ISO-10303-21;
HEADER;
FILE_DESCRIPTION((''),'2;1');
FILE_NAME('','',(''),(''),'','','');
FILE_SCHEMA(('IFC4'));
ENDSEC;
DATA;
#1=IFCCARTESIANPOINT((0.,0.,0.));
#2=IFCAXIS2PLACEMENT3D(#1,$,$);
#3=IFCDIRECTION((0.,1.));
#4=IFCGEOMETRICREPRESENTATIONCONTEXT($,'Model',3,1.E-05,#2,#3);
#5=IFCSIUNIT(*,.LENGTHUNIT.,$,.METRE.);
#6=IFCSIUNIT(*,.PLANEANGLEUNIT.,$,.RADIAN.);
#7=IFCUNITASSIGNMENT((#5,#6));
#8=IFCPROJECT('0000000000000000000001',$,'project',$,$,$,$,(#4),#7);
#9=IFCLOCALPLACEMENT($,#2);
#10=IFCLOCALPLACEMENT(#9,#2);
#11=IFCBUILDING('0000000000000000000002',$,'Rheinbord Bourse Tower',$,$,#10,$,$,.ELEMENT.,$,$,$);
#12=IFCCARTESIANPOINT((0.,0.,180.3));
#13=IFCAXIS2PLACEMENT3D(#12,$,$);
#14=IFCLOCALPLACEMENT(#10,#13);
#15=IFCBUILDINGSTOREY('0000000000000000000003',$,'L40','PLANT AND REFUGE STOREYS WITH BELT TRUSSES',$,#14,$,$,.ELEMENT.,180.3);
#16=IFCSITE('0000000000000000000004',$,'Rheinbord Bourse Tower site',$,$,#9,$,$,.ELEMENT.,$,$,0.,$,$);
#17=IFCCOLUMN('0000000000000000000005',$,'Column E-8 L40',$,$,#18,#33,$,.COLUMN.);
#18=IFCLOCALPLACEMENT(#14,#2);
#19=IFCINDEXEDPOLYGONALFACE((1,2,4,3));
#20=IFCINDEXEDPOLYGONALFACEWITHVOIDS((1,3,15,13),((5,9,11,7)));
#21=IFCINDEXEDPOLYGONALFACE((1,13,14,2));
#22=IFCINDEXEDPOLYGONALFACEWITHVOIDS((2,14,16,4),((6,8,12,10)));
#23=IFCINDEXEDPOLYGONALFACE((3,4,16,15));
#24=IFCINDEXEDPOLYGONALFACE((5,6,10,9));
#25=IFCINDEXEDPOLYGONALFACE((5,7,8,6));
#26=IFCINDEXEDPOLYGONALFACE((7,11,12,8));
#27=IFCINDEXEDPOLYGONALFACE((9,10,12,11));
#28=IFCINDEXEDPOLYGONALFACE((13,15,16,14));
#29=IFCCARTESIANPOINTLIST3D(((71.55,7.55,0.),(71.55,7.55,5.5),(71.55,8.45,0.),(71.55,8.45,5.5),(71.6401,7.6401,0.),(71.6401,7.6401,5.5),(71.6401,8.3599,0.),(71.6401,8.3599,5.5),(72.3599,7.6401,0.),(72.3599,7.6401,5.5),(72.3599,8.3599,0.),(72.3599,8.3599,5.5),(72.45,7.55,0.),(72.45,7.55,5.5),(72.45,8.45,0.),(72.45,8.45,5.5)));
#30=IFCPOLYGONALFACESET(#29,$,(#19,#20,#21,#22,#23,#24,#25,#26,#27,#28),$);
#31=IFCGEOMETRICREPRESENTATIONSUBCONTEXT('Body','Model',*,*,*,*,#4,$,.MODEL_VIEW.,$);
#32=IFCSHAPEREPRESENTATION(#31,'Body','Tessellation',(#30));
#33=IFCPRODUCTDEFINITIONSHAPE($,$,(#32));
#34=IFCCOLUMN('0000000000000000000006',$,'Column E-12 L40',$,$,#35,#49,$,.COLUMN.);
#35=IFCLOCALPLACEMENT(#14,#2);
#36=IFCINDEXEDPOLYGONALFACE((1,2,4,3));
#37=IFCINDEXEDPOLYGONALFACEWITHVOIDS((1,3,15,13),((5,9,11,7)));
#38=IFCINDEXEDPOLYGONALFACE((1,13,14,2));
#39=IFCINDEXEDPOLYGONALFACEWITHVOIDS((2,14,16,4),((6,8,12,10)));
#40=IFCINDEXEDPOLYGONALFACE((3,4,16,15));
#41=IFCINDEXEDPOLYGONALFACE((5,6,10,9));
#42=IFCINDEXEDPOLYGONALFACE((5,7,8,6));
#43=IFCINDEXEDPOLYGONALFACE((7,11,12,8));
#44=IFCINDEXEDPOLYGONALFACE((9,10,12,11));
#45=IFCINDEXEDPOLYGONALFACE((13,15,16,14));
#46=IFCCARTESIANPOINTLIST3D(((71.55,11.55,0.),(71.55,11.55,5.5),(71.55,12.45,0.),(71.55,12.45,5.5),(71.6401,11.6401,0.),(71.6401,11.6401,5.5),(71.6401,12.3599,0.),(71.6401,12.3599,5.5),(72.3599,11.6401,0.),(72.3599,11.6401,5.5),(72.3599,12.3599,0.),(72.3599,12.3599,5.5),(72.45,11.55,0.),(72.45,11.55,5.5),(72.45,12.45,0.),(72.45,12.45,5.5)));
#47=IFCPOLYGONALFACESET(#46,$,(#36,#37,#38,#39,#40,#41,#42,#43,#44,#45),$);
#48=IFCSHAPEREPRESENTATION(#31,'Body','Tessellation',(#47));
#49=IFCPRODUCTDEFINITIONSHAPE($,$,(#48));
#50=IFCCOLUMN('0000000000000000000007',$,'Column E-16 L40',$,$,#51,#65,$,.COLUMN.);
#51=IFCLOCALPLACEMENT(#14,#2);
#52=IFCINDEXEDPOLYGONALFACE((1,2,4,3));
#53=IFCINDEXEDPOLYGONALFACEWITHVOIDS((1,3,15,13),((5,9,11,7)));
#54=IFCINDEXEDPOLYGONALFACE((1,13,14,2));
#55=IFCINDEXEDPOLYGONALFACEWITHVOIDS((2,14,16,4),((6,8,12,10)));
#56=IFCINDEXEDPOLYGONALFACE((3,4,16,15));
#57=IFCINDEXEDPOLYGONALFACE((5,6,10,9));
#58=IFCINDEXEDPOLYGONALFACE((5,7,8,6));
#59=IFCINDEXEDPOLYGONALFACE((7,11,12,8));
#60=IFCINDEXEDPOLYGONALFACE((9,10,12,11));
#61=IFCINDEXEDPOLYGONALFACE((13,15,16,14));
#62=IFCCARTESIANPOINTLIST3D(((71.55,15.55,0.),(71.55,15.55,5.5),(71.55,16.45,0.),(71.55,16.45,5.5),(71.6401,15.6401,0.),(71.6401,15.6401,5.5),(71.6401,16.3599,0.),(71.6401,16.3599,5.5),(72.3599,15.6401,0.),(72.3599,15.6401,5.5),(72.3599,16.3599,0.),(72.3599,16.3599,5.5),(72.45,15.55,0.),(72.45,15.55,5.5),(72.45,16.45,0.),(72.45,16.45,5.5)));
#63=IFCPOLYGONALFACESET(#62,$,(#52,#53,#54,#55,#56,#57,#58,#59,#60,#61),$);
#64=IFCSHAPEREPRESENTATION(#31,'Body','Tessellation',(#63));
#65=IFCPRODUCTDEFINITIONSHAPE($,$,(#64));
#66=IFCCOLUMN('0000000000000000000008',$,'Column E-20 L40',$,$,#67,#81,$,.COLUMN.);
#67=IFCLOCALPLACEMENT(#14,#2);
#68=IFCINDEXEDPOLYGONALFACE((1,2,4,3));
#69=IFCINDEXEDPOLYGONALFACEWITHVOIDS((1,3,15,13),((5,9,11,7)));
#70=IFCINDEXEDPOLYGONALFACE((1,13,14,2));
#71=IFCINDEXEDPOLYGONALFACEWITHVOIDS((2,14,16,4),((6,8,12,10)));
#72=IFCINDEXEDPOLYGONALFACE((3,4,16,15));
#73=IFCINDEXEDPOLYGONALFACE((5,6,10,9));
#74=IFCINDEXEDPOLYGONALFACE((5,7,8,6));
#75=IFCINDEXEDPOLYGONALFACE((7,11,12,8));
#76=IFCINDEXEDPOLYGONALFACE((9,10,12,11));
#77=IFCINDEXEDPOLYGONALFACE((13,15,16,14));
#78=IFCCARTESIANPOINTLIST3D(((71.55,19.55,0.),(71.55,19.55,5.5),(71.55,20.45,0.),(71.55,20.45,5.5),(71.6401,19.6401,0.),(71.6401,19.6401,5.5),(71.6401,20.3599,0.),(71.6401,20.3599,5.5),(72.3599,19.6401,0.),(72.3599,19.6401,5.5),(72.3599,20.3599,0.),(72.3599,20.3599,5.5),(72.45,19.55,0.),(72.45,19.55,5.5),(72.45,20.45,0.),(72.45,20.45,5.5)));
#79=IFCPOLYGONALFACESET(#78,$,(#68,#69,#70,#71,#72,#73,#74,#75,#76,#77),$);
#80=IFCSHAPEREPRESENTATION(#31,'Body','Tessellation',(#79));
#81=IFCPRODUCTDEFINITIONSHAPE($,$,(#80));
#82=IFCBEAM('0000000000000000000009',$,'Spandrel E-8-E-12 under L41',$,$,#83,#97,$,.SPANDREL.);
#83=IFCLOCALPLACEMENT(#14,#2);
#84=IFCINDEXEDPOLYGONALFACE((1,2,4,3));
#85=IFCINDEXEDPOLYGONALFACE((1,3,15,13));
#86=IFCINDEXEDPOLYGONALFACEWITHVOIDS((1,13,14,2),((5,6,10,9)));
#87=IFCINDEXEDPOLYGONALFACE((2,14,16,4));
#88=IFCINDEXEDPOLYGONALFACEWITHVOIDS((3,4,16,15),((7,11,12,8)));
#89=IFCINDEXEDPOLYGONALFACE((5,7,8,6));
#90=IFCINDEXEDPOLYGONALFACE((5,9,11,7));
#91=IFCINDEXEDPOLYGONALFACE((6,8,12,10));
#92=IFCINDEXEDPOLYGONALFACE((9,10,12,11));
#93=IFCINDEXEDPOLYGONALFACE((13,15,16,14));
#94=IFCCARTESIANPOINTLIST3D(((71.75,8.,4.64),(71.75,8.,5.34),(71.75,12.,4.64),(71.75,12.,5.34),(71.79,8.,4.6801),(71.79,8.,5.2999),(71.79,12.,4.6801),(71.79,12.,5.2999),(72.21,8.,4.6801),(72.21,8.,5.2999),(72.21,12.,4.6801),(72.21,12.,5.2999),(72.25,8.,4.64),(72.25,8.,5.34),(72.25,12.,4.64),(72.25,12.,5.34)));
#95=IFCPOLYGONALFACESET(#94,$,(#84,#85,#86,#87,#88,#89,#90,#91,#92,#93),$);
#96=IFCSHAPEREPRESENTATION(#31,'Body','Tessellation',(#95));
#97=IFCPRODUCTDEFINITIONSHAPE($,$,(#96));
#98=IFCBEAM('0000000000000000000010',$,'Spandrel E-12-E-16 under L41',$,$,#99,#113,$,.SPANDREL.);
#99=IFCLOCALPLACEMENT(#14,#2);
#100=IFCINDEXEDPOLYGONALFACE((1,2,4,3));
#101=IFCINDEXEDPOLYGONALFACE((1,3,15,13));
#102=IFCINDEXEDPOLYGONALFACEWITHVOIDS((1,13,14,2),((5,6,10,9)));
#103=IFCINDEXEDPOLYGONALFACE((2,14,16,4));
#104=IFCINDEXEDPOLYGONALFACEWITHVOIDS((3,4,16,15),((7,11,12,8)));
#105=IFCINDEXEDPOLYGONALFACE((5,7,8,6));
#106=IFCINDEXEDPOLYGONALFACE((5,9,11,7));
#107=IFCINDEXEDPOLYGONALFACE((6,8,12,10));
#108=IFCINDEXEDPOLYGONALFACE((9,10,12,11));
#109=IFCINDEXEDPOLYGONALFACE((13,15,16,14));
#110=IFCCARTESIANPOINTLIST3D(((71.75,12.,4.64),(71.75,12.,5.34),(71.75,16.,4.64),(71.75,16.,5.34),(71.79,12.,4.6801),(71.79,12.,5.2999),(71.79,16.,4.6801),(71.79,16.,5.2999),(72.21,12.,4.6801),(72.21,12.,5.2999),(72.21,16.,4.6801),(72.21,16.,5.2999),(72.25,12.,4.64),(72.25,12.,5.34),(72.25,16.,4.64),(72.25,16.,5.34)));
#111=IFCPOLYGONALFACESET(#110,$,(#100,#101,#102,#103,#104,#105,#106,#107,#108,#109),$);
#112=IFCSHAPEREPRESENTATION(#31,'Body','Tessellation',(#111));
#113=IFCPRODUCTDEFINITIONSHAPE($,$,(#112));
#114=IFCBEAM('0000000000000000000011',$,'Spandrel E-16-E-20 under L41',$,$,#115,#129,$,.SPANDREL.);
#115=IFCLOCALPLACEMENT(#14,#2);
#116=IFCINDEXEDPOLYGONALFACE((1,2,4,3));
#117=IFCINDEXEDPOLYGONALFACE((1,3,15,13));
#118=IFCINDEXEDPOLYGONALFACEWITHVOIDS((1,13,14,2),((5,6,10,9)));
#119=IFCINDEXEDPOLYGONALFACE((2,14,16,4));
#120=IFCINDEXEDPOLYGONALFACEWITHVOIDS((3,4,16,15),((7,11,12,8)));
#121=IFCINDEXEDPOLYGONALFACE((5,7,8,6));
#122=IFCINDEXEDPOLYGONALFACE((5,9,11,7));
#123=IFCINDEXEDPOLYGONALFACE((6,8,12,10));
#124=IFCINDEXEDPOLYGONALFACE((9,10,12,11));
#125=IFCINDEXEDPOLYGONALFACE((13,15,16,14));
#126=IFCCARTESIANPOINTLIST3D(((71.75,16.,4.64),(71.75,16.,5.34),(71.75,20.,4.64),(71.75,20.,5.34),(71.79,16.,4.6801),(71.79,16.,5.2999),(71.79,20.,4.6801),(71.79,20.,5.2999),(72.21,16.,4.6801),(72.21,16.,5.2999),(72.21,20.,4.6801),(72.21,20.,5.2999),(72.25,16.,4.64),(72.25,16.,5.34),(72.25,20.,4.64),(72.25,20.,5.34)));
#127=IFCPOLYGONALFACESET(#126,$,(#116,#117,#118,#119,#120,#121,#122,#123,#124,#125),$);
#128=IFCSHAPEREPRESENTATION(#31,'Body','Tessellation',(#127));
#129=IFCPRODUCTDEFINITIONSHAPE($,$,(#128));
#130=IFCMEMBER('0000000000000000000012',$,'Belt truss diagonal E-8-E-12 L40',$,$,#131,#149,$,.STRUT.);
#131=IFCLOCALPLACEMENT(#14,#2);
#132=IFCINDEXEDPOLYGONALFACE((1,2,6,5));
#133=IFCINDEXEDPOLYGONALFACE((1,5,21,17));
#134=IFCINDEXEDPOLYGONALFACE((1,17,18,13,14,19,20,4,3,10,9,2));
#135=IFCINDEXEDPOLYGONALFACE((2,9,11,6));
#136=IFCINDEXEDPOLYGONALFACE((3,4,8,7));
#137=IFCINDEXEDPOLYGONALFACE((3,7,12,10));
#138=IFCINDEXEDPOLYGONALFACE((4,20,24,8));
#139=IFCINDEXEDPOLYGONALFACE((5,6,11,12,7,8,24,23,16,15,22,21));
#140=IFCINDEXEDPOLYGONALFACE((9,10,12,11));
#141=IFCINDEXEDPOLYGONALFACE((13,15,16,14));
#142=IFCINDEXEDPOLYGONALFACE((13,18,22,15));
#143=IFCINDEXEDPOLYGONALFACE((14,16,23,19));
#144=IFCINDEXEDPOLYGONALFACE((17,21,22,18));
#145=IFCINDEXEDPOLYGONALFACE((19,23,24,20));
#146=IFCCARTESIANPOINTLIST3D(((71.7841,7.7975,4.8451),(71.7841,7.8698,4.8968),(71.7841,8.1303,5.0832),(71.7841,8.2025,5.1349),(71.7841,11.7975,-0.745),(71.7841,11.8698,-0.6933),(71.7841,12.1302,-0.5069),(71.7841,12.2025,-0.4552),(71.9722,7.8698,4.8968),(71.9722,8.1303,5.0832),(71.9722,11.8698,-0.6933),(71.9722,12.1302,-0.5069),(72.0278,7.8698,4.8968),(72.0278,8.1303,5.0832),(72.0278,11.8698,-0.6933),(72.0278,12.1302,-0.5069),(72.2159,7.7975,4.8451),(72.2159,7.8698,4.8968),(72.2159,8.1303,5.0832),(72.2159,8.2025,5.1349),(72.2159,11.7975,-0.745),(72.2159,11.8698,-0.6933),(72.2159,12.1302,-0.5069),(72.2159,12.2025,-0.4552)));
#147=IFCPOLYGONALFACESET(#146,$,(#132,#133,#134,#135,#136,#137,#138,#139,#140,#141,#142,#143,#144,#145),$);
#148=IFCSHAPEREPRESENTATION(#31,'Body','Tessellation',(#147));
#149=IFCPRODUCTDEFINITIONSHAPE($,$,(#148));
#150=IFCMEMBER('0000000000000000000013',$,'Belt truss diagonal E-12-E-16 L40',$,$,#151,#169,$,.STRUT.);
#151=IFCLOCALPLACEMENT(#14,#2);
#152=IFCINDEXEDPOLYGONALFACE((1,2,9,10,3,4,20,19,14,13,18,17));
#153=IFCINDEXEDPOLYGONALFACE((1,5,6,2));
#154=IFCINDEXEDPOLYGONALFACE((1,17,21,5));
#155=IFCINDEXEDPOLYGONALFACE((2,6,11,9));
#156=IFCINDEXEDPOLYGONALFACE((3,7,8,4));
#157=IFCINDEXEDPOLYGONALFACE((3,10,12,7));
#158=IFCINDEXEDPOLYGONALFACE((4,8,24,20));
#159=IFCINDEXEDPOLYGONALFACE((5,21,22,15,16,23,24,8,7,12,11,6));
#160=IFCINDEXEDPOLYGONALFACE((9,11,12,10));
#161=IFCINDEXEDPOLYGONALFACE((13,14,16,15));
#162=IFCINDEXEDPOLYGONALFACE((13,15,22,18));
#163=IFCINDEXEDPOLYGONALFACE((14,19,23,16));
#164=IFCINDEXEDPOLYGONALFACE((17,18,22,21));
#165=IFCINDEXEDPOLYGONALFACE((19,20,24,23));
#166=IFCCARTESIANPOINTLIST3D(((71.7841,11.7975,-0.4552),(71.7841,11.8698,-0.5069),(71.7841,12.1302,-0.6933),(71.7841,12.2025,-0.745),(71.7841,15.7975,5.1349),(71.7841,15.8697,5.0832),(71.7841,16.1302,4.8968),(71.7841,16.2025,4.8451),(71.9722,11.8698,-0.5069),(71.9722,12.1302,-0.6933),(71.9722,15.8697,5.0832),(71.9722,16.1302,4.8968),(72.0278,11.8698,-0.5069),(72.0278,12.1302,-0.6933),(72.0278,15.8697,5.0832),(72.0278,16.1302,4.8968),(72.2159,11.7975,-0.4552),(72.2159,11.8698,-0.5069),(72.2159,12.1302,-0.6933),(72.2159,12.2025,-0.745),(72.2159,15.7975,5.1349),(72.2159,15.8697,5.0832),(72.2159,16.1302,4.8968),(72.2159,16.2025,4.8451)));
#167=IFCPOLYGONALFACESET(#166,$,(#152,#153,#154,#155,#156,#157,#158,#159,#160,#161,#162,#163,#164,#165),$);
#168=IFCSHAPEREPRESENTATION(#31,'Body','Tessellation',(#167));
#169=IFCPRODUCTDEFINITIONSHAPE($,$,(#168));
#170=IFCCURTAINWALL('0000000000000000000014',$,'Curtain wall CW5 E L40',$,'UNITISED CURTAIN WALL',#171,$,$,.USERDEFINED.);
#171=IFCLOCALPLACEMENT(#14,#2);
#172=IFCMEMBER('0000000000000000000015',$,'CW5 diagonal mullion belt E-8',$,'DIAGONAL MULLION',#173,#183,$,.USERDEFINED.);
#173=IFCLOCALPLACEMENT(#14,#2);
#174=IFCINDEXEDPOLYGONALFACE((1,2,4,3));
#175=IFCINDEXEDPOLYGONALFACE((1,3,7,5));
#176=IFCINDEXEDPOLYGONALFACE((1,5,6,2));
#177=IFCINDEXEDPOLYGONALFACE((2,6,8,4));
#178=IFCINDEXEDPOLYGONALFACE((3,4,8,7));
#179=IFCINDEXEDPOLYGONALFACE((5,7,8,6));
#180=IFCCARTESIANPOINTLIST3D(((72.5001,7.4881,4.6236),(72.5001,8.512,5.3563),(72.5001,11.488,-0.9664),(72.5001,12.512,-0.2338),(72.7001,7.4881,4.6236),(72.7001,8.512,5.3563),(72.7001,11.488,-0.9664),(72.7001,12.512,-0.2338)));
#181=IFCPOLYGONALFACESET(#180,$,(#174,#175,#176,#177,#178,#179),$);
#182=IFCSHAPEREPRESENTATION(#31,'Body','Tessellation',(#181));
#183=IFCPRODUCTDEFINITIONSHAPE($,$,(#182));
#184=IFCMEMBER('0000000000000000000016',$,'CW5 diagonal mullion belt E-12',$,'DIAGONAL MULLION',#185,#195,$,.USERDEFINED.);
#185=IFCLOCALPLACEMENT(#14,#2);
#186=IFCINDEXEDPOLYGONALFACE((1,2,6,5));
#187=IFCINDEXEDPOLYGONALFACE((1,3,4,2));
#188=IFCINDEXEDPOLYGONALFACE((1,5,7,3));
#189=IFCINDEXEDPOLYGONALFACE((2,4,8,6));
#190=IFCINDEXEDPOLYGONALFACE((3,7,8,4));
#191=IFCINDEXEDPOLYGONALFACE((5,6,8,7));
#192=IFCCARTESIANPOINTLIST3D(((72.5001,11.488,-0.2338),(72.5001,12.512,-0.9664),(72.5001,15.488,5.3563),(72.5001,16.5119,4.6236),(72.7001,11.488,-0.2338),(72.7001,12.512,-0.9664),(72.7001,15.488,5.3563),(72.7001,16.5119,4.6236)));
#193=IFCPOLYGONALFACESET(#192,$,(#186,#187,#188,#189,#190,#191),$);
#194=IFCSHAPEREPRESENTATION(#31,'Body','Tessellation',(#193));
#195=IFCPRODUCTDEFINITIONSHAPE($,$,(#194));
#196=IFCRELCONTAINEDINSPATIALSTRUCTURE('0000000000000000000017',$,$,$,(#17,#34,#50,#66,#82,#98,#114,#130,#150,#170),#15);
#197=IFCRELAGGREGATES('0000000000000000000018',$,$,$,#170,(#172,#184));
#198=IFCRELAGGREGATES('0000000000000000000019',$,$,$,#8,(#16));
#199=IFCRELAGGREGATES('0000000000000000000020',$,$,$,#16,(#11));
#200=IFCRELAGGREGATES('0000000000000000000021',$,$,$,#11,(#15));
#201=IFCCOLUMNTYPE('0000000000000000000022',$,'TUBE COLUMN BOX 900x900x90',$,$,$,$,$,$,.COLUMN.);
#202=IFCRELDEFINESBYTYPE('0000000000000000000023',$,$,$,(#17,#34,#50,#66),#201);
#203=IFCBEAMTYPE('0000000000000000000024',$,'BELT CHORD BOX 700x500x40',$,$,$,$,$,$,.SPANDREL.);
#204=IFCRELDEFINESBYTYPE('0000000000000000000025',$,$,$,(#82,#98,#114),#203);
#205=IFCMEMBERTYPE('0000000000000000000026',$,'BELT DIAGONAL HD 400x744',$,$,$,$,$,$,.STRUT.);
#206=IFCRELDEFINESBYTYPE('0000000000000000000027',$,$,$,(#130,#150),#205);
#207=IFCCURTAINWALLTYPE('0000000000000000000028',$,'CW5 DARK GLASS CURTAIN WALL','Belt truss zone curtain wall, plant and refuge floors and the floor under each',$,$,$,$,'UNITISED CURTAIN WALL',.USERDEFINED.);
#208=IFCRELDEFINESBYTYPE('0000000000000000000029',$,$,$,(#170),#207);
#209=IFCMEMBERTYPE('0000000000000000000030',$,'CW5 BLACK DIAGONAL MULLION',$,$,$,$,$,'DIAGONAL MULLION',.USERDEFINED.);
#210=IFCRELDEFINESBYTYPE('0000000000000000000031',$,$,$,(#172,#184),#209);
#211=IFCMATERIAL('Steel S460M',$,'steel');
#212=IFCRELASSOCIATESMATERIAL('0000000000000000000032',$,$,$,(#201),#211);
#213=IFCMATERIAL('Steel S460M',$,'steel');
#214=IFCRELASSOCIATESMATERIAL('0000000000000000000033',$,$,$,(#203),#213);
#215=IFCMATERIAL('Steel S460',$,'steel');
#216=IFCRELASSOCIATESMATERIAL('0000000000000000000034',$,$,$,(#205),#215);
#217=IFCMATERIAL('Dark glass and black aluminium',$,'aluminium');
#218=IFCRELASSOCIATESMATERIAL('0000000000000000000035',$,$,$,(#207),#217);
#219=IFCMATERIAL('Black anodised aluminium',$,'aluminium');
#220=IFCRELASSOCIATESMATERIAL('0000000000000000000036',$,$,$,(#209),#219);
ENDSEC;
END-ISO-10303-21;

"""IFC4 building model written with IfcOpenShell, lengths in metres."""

from ifc_helpers import new_model, si_unit, direction, frame, origin, origin_2d, place, context, subcontext, project, spatial, rectangle, hollow_rectangle, i_section, extrude, material, material_profile, profile_set, type_object, element, aggregate, save


model = new_model("IFC4")

# Units and contexts
model_context = context("Model", 3, precision=1e-05, world=origin(), true_north=direction((0.0, 1.0)))
body_context = subcontext(model_context, "Body", "Model", "MODEL_VIEW")
ifc_project = project(units=[si_unit("LENGTHUNIT", "METRE"), si_unit("PLANEANGLEUNIT", "RADIAN")], contexts=[model_context])

# Site, building, storey
site_placement = place(None, origin())
site = spatial("IfcSite", under=ifc_project, at=site_placement, Name="Rheinbord Bourse Tower site", CompositionType="ELEMENT", RefElevation=0.0)
building_placement = place(site_placement, origin())
building = spatial("IfcBuilding", under=site, at=building_placement, Name="Rheinbord Bourse Tower", CompositionType="ELEMENT")
storey_placement = place(building_placement, frame((0.0, 0.0, 180.3)))
storey = spatial("IfcBuildingStorey", under=building, at=storey_placement, Name="L40", Description="PLANT AND REFUGE STOREYS WITH BELT TRUSSES", CompositionType="ELEMENT", Elevation=180.3)

# Columns
ifc_material_1 = material(Name="Steel S460M", Category="steel")
ifc_material_profile_1 = material_profile(ifc_material_1, hollow_rectangle(XDim=0.8999, YDim=0.8999, WallThickness=0.0901, at=origin_2d()), Name="BOX 900x900x90")
ifc_profile_set_1 = profile_set([ifc_material_profile_1], Name="Steel S460M")
column_type = type_object("IfcColumnType", Name="TUBE COLUMN BOX 900x900x90", PredefinedType="COLUMN", material=ifc_profile_set_1)
for number, where, z_axis, x_axis, name in (
    (1, (72.0, 8.0, 0.0), (0.0, 0.0, 1.0), (1.0, 0.0, 0.0), "Column E-8 L40"),
    (2, (72.0, 12.0, 0.0), (0.0, 0.0, 1.0), (1.0, 0.0, 0.0), "Column E-12 L40"),
    (3, (72.0, 16.0, 0.0), (0.0, 0.0, 1.0), (1.0, 0.0, 0.0), "Column E-16 L40"),
    (4, (72.0, 20.0, 0.0), (0.0, 0.0, 1.0), (1.0, 0.0, 0.0), "Column E-20 L40"),
):
    element("IfcColumn", number, at=place(storey_placement, frame(where, z_axis=z_axis, x_axis=x_axis)), inside=storey, type_object=column_type, Name=name, PredefinedType="COLUMN", context=body_context, shape_type="SweptSolid", body=[
        extrude(hollow_rectangle(XDim=0.8999, YDim=0.8999, WallThickness=0.0901, at=origin_2d()), origin(), (0.0, 0.0, 1.0), 5.5),
    ])

# Beams
ifc_material_2 = material(Name="Steel S460M", Category="steel")
ifc_material_profile_2 = material_profile(ifc_material_2, hollow_rectangle(XDim=0.5, YDim=0.7, WallThickness=0.04, at=origin_2d()), Name="BOX 700x500x40")
ifc_profile_set_2 = profile_set([ifc_material_profile_2], Name="Steel S460M")
beam_type_1 = type_object("IfcBeamType", Name="BELT CHORD BOX 700x500x40", PredefinedType="SPANDREL", material=ifc_profile_set_2)
for number, where, z_axis, x_axis, name in (
    (5, (72.0, 8.0, 4.99), (0.0, 1.0, 0.0), (-1.0, 0.0, 0.0), "Spandrel E-8-E-12 under L41"),
    (6, (72.0, 12.0, 4.99), (0.0, 1.0, 0.0), (-1.0, 0.0, 0.0), "Spandrel E-12-E-16 under L41"),
    (7, (72.0, 16.0, 4.99), (0.0, 1.0, 0.0), (-1.0, 0.0, 0.0), "Spandrel E-16-E-20 under L41"),
):
    element("IfcBeam", number, at=place(storey_placement, frame(where, z_axis=z_axis, x_axis=x_axis)), inside=storey, type_object=beam_type_1, Name=name, PredefinedType="SPANDREL", context=body_context, shape_type="SweptSolid", body=[
        extrude(hollow_rectangle(XDim=0.5, YDim=0.7, WallThickness=0.04, at=origin_2d()), origin(), (0.0, 0.0, 1.0), 4.0),
    ])

# Members
ifc_material_3 = material(Name="Steel S460", Category="steel")
ifc_material_profile_3 = material_profile(ifc_material_3, i_section(OverallWidth=0.4319, OverallDepth=0.498, WebThickness=0.0557, FlangeThickness=0.0889, at=origin_2d()), Name="HD 400x744")
ifc_profile_set_3 = profile_set([ifc_material_profile_3], Name="Steel S460")
member_type_1 = type_object("IfcMemberType", Name="BELT DIAGONAL HD 400x744", PredefinedType="STRUT", material=ifc_profile_set_3)
for number, where, z_axis, x_axis, name in (
    (8, (72.0, 12.0, -0.6001), (0.0, -0.58192, 0.813246), (1.0, 0.0, 0.0), "Belt truss diagonal E-8-E-12 L40"),
    (9, (72.0, 12.0, -0.6001), (0.0, 0.58192, 0.813246), (-1.0, 0.0, 0.0), "Belt truss diagonal E-12-E-16 L40"),
):
    element("IfcMember", number, at=place(storey_placement, frame(where, z_axis=z_axis, x_axis=x_axis)), inside=storey, type_object=member_type_1, Name=name, PredefinedType="STRUT", context=body_context, shape_type="SweptSolid", body=[
        extrude(i_section(OverallWidth=0.4319, OverallDepth=0.498, WebThickness=0.0557, FlangeThickness=0.0889, at=origin_2d()), origin(), (0.0, 0.0, 1.0), 6.8738),
    ])

# Curtain wall, members
ifc_material_4 = material(Name="Dark glass and black aluminium", Category="aluminium")
curtain_wall_type = type_object("IfcCurtainWallType", Name="CW5 DARK GLASS CURTAIN WALL", Description="Belt truss zone curtain wall, plant and refuge floors and the floor under each", ElementType="UNITISED CURTAIN WALL", PredefinedType="USERDEFINED", material=ifc_material_4)
curtain_wall_placement = place(storey_placement, origin())
curtain_wall = element("IfcCurtainWall", 10, at=curtain_wall_placement, inside=storey, type_object=curtain_wall_type, Name="Curtain wall CW5 E L40", ObjectType="UNITISED CURTAIN WALL", PredefinedType="USERDEFINED")
ifc_material_5 = material(Name="Black anodised aluminium", Category="aluminium")
ifc_material_profile_4 = material_profile(ifc_material_5, rectangle(XDim=0.2, YDim=1.259, at=origin_2d()), Name="CW5 DIAGONAL MULLION 1259x200")
ifc_profile_set_4 = profile_set([ifc_material_profile_4], Name="Black anodised aluminium")
member_type_2 = type_object("IfcMemberType", Name="CW5 BLACK DIAGONAL MULLION", ElementType="DIAGONAL MULLION", PredefinedType="USERDEFINED", material=ifc_profile_set_4)
member_1_placement = place(storey_placement, frame((72.6001, 12.0, -0.6001), z_axis=(0.0, -0.58192, 0.813246), x_axis=(1.0, 0.0, 0.0)))
member_1 = element("IfcMember", 11, at=member_1_placement, type_object=member_type_2, Name="CW5 diagonal mullion belt E-8", ObjectType="DIAGONAL MULLION", PredefinedType="USERDEFINED", context=body_context, shape_type="SweptSolid", body=[
    extrude(rectangle(XDim=0.2, YDim=1.259, at=origin_2d()), origin(), (0.0, 0.0, 1.0), 6.8738),
])
member_2_placement = place(storey_placement, frame((72.6001, 12.0, -0.6001), z_axis=(0.0, 0.58192, 0.813246), x_axis=(-1.0, 0.0, 0.0)))
member_2 = element("IfcMember", 12, at=member_2_placement, type_object=member_type_2, Name="CW5 diagonal mullion belt E-12", ObjectType="DIAGONAL MULLION", PredefinedType="USERDEFINED", context=body_context, shape_type="SweptSolid", body=[
    extrude(rectangle(XDim=0.2, YDim=1.259, at=origin_2d()), origin(), (0.0, 0.0, 1.0), 6.8738),
])

aggregate(curtain_wall, [member_1, member_2])

save(model, "model.ifc")
